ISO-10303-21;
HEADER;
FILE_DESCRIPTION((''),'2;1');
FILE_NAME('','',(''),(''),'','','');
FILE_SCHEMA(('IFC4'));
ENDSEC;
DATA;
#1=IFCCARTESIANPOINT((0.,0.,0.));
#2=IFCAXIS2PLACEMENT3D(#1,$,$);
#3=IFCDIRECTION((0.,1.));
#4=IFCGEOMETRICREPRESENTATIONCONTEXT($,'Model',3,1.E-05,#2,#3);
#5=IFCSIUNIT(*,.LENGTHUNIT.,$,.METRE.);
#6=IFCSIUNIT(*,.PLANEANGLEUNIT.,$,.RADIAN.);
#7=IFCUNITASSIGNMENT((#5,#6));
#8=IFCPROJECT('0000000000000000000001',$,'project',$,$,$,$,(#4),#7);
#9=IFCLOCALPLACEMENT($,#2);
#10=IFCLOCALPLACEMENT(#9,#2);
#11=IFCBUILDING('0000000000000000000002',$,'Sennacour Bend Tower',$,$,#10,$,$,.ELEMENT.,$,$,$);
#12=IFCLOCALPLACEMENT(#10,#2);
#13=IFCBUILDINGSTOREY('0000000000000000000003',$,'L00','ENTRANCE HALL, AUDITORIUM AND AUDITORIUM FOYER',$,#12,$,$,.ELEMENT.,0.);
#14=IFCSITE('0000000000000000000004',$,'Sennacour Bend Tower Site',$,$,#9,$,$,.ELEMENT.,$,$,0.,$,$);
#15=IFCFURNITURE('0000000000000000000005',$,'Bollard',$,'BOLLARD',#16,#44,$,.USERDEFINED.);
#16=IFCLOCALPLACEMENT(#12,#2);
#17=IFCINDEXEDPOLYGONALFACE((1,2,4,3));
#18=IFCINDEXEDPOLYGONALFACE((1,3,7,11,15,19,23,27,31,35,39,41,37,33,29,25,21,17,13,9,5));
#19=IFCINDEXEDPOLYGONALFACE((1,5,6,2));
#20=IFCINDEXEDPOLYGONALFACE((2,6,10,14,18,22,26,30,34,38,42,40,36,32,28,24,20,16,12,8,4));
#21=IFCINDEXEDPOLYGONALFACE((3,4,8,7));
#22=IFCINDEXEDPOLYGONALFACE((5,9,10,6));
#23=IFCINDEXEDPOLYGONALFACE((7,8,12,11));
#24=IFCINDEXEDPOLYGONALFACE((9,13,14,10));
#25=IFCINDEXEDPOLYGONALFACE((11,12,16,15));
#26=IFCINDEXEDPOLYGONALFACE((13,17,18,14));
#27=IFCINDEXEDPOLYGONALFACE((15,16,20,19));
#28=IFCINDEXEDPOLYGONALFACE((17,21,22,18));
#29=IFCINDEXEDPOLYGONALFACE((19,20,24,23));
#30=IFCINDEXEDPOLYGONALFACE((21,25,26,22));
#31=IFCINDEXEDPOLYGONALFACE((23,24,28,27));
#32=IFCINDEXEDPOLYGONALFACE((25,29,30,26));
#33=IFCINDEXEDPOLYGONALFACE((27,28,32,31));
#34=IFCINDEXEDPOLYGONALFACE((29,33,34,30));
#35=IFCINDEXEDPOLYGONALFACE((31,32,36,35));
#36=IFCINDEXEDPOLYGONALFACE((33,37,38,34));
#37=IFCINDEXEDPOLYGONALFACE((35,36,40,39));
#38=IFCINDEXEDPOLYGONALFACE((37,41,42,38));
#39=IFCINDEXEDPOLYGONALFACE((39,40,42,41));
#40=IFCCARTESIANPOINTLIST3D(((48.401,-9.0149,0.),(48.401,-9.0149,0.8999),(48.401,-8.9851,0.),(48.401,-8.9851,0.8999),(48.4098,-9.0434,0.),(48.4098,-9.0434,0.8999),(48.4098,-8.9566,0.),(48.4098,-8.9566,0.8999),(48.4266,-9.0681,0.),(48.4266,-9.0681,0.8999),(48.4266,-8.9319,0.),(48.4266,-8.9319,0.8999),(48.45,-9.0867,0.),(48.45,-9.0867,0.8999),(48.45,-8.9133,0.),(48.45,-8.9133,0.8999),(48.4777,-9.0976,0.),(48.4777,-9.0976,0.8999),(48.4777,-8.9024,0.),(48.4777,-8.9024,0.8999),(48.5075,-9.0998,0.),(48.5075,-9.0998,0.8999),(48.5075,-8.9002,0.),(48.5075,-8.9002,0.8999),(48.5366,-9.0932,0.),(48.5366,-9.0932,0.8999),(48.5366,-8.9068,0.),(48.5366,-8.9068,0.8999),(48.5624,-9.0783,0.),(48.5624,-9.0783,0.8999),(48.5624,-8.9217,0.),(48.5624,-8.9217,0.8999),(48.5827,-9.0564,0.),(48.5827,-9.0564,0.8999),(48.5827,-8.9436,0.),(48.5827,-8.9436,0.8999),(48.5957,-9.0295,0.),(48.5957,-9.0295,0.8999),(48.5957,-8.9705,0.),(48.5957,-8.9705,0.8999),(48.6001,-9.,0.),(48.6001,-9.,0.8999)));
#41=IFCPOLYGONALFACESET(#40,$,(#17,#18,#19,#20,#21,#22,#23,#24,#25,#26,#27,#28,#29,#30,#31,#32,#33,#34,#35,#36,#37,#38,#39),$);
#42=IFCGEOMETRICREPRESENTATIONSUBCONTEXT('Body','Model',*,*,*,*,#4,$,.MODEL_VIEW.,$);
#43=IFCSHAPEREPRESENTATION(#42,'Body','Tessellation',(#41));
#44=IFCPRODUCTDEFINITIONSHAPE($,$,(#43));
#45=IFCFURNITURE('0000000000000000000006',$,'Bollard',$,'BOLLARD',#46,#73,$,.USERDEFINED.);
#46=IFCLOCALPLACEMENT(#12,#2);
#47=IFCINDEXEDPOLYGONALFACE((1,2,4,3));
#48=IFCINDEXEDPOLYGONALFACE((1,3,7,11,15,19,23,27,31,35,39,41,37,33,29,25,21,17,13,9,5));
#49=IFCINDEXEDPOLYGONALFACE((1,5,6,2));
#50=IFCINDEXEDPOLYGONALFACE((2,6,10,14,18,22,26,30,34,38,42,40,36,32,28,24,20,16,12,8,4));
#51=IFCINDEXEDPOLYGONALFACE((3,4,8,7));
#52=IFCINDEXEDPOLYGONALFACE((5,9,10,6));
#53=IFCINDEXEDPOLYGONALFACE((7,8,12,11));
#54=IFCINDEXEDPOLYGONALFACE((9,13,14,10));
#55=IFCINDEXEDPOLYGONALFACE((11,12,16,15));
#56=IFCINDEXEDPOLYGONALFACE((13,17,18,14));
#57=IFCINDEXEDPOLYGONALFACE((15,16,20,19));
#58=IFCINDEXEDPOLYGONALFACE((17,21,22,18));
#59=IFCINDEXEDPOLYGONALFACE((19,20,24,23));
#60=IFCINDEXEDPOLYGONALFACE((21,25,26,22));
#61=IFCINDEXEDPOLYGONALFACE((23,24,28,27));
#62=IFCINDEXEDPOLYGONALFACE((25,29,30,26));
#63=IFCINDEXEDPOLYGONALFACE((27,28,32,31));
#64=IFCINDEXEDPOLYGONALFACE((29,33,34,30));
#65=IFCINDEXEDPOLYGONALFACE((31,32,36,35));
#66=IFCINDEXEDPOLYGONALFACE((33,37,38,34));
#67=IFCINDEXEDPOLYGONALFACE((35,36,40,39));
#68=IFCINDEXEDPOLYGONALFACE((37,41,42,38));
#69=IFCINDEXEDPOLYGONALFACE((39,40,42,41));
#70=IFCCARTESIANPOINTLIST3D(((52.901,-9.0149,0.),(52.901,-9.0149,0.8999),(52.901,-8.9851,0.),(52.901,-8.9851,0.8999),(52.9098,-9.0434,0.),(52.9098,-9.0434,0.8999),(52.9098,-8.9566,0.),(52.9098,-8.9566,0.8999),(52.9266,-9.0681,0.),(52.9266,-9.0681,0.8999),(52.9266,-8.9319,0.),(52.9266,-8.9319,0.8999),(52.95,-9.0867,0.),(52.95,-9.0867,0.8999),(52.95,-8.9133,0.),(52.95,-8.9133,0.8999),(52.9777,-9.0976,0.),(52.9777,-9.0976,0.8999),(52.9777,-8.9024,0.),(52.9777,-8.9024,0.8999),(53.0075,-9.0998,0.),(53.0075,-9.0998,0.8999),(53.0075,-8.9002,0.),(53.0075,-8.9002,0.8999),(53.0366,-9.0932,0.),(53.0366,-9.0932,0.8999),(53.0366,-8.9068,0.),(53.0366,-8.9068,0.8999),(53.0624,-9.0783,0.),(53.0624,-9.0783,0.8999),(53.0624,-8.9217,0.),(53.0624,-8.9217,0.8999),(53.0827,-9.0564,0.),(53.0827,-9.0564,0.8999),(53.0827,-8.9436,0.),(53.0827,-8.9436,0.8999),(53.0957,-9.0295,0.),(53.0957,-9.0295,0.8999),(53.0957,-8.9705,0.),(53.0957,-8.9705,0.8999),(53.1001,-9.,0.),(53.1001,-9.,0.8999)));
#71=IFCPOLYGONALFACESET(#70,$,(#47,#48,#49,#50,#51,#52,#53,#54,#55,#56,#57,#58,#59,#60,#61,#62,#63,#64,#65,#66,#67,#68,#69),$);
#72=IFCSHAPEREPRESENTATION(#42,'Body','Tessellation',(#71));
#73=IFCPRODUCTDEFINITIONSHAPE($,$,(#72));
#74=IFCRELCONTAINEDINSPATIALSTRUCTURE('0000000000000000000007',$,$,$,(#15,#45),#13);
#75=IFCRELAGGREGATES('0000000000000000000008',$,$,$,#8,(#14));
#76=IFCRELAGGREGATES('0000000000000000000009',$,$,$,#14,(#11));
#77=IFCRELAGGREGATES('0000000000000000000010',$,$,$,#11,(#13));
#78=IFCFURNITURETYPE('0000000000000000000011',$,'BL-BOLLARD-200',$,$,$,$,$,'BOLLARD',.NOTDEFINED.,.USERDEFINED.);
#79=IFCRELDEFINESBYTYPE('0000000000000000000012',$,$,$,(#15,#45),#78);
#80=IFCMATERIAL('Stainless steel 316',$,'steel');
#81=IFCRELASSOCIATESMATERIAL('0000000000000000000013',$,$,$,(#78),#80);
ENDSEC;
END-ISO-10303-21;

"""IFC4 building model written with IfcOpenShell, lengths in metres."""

from ifc_helpers import new_model, si_unit, direction, frame, origin, origin_2d, place, context, subcontext, project, spatial, circle, extrude, material, type_object, element, save


model = new_model("IFC4")

# Units and contexts
model_context = context("Model", 3, precision=1e-05, world=origin(), true_north=direction((0.0, 1.0)))
body_context = subcontext(model_context, "Body", "Model", "MODEL_VIEW")
ifc_project = project(units=[si_unit("LENGTHUNIT", "METRE"), si_unit("PLANEANGLEUNIT", "RADIAN")], contexts=[model_context])

# Site, building, storey
site_placement = place(None, origin())
site = spatial("IfcSite", under=ifc_project, at=site_placement, Name="Sennacour Bend Tower Site", CompositionType="ELEMENT", RefElevation=0.0)
building_placement = place(site_placement, origin())
building = spatial("IfcBuilding", under=site, at=building_placement, Name="Sennacour Bend Tower", CompositionType="ELEMENT")
storey_placement = place(building_placement, origin())
storey = spatial("IfcBuildingStorey", under=building, at=storey_placement, Name="L00", Description="ENTRANCE HALL, AUDITORIUM AND AUDITORIUM FOYER", CompositionType="ELEMENT", Elevation=0.0)

# Furniture
ifc_material_1 = material(Name="Stainless steel 316", Category="steel")
furniture_type = type_object("IfcFurnitureType", Name="BL-BOLLARD-200", ElementType="BOLLARD", AssemblyPlace="NOTDEFINED", PredefinedType="USERDEFINED", material=ifc_material_1)
for number, where, z_axis, x_axis, name in (
    (1, (48.5, -9.0, 0.8999), (0.0, 0.0, -1.0), (1.0, 0.0, 0.0), "Bollard"),
    (2, (53.0, -9.0, 0.8999), (0.0, 0.0, -1.0), (1.0, 0.0, 0.0), "Bollard"),
):
    element("IfcFurniture", number, at=place(storey_placement, frame(where, z_axis=z_axis, x_axis=x_axis)), inside=storey, type_object=furniture_type, Name=name, ObjectType="BOLLARD", PredefinedType="USERDEFINED", context=body_context, shape_type="SweptSolid", body=[
        extrude(circle(Radius=0.1001, at=origin_2d()), origin(), (0.0, 0.0, 1.0), 0.8999),
    ])

save(model, "model.ifc")
